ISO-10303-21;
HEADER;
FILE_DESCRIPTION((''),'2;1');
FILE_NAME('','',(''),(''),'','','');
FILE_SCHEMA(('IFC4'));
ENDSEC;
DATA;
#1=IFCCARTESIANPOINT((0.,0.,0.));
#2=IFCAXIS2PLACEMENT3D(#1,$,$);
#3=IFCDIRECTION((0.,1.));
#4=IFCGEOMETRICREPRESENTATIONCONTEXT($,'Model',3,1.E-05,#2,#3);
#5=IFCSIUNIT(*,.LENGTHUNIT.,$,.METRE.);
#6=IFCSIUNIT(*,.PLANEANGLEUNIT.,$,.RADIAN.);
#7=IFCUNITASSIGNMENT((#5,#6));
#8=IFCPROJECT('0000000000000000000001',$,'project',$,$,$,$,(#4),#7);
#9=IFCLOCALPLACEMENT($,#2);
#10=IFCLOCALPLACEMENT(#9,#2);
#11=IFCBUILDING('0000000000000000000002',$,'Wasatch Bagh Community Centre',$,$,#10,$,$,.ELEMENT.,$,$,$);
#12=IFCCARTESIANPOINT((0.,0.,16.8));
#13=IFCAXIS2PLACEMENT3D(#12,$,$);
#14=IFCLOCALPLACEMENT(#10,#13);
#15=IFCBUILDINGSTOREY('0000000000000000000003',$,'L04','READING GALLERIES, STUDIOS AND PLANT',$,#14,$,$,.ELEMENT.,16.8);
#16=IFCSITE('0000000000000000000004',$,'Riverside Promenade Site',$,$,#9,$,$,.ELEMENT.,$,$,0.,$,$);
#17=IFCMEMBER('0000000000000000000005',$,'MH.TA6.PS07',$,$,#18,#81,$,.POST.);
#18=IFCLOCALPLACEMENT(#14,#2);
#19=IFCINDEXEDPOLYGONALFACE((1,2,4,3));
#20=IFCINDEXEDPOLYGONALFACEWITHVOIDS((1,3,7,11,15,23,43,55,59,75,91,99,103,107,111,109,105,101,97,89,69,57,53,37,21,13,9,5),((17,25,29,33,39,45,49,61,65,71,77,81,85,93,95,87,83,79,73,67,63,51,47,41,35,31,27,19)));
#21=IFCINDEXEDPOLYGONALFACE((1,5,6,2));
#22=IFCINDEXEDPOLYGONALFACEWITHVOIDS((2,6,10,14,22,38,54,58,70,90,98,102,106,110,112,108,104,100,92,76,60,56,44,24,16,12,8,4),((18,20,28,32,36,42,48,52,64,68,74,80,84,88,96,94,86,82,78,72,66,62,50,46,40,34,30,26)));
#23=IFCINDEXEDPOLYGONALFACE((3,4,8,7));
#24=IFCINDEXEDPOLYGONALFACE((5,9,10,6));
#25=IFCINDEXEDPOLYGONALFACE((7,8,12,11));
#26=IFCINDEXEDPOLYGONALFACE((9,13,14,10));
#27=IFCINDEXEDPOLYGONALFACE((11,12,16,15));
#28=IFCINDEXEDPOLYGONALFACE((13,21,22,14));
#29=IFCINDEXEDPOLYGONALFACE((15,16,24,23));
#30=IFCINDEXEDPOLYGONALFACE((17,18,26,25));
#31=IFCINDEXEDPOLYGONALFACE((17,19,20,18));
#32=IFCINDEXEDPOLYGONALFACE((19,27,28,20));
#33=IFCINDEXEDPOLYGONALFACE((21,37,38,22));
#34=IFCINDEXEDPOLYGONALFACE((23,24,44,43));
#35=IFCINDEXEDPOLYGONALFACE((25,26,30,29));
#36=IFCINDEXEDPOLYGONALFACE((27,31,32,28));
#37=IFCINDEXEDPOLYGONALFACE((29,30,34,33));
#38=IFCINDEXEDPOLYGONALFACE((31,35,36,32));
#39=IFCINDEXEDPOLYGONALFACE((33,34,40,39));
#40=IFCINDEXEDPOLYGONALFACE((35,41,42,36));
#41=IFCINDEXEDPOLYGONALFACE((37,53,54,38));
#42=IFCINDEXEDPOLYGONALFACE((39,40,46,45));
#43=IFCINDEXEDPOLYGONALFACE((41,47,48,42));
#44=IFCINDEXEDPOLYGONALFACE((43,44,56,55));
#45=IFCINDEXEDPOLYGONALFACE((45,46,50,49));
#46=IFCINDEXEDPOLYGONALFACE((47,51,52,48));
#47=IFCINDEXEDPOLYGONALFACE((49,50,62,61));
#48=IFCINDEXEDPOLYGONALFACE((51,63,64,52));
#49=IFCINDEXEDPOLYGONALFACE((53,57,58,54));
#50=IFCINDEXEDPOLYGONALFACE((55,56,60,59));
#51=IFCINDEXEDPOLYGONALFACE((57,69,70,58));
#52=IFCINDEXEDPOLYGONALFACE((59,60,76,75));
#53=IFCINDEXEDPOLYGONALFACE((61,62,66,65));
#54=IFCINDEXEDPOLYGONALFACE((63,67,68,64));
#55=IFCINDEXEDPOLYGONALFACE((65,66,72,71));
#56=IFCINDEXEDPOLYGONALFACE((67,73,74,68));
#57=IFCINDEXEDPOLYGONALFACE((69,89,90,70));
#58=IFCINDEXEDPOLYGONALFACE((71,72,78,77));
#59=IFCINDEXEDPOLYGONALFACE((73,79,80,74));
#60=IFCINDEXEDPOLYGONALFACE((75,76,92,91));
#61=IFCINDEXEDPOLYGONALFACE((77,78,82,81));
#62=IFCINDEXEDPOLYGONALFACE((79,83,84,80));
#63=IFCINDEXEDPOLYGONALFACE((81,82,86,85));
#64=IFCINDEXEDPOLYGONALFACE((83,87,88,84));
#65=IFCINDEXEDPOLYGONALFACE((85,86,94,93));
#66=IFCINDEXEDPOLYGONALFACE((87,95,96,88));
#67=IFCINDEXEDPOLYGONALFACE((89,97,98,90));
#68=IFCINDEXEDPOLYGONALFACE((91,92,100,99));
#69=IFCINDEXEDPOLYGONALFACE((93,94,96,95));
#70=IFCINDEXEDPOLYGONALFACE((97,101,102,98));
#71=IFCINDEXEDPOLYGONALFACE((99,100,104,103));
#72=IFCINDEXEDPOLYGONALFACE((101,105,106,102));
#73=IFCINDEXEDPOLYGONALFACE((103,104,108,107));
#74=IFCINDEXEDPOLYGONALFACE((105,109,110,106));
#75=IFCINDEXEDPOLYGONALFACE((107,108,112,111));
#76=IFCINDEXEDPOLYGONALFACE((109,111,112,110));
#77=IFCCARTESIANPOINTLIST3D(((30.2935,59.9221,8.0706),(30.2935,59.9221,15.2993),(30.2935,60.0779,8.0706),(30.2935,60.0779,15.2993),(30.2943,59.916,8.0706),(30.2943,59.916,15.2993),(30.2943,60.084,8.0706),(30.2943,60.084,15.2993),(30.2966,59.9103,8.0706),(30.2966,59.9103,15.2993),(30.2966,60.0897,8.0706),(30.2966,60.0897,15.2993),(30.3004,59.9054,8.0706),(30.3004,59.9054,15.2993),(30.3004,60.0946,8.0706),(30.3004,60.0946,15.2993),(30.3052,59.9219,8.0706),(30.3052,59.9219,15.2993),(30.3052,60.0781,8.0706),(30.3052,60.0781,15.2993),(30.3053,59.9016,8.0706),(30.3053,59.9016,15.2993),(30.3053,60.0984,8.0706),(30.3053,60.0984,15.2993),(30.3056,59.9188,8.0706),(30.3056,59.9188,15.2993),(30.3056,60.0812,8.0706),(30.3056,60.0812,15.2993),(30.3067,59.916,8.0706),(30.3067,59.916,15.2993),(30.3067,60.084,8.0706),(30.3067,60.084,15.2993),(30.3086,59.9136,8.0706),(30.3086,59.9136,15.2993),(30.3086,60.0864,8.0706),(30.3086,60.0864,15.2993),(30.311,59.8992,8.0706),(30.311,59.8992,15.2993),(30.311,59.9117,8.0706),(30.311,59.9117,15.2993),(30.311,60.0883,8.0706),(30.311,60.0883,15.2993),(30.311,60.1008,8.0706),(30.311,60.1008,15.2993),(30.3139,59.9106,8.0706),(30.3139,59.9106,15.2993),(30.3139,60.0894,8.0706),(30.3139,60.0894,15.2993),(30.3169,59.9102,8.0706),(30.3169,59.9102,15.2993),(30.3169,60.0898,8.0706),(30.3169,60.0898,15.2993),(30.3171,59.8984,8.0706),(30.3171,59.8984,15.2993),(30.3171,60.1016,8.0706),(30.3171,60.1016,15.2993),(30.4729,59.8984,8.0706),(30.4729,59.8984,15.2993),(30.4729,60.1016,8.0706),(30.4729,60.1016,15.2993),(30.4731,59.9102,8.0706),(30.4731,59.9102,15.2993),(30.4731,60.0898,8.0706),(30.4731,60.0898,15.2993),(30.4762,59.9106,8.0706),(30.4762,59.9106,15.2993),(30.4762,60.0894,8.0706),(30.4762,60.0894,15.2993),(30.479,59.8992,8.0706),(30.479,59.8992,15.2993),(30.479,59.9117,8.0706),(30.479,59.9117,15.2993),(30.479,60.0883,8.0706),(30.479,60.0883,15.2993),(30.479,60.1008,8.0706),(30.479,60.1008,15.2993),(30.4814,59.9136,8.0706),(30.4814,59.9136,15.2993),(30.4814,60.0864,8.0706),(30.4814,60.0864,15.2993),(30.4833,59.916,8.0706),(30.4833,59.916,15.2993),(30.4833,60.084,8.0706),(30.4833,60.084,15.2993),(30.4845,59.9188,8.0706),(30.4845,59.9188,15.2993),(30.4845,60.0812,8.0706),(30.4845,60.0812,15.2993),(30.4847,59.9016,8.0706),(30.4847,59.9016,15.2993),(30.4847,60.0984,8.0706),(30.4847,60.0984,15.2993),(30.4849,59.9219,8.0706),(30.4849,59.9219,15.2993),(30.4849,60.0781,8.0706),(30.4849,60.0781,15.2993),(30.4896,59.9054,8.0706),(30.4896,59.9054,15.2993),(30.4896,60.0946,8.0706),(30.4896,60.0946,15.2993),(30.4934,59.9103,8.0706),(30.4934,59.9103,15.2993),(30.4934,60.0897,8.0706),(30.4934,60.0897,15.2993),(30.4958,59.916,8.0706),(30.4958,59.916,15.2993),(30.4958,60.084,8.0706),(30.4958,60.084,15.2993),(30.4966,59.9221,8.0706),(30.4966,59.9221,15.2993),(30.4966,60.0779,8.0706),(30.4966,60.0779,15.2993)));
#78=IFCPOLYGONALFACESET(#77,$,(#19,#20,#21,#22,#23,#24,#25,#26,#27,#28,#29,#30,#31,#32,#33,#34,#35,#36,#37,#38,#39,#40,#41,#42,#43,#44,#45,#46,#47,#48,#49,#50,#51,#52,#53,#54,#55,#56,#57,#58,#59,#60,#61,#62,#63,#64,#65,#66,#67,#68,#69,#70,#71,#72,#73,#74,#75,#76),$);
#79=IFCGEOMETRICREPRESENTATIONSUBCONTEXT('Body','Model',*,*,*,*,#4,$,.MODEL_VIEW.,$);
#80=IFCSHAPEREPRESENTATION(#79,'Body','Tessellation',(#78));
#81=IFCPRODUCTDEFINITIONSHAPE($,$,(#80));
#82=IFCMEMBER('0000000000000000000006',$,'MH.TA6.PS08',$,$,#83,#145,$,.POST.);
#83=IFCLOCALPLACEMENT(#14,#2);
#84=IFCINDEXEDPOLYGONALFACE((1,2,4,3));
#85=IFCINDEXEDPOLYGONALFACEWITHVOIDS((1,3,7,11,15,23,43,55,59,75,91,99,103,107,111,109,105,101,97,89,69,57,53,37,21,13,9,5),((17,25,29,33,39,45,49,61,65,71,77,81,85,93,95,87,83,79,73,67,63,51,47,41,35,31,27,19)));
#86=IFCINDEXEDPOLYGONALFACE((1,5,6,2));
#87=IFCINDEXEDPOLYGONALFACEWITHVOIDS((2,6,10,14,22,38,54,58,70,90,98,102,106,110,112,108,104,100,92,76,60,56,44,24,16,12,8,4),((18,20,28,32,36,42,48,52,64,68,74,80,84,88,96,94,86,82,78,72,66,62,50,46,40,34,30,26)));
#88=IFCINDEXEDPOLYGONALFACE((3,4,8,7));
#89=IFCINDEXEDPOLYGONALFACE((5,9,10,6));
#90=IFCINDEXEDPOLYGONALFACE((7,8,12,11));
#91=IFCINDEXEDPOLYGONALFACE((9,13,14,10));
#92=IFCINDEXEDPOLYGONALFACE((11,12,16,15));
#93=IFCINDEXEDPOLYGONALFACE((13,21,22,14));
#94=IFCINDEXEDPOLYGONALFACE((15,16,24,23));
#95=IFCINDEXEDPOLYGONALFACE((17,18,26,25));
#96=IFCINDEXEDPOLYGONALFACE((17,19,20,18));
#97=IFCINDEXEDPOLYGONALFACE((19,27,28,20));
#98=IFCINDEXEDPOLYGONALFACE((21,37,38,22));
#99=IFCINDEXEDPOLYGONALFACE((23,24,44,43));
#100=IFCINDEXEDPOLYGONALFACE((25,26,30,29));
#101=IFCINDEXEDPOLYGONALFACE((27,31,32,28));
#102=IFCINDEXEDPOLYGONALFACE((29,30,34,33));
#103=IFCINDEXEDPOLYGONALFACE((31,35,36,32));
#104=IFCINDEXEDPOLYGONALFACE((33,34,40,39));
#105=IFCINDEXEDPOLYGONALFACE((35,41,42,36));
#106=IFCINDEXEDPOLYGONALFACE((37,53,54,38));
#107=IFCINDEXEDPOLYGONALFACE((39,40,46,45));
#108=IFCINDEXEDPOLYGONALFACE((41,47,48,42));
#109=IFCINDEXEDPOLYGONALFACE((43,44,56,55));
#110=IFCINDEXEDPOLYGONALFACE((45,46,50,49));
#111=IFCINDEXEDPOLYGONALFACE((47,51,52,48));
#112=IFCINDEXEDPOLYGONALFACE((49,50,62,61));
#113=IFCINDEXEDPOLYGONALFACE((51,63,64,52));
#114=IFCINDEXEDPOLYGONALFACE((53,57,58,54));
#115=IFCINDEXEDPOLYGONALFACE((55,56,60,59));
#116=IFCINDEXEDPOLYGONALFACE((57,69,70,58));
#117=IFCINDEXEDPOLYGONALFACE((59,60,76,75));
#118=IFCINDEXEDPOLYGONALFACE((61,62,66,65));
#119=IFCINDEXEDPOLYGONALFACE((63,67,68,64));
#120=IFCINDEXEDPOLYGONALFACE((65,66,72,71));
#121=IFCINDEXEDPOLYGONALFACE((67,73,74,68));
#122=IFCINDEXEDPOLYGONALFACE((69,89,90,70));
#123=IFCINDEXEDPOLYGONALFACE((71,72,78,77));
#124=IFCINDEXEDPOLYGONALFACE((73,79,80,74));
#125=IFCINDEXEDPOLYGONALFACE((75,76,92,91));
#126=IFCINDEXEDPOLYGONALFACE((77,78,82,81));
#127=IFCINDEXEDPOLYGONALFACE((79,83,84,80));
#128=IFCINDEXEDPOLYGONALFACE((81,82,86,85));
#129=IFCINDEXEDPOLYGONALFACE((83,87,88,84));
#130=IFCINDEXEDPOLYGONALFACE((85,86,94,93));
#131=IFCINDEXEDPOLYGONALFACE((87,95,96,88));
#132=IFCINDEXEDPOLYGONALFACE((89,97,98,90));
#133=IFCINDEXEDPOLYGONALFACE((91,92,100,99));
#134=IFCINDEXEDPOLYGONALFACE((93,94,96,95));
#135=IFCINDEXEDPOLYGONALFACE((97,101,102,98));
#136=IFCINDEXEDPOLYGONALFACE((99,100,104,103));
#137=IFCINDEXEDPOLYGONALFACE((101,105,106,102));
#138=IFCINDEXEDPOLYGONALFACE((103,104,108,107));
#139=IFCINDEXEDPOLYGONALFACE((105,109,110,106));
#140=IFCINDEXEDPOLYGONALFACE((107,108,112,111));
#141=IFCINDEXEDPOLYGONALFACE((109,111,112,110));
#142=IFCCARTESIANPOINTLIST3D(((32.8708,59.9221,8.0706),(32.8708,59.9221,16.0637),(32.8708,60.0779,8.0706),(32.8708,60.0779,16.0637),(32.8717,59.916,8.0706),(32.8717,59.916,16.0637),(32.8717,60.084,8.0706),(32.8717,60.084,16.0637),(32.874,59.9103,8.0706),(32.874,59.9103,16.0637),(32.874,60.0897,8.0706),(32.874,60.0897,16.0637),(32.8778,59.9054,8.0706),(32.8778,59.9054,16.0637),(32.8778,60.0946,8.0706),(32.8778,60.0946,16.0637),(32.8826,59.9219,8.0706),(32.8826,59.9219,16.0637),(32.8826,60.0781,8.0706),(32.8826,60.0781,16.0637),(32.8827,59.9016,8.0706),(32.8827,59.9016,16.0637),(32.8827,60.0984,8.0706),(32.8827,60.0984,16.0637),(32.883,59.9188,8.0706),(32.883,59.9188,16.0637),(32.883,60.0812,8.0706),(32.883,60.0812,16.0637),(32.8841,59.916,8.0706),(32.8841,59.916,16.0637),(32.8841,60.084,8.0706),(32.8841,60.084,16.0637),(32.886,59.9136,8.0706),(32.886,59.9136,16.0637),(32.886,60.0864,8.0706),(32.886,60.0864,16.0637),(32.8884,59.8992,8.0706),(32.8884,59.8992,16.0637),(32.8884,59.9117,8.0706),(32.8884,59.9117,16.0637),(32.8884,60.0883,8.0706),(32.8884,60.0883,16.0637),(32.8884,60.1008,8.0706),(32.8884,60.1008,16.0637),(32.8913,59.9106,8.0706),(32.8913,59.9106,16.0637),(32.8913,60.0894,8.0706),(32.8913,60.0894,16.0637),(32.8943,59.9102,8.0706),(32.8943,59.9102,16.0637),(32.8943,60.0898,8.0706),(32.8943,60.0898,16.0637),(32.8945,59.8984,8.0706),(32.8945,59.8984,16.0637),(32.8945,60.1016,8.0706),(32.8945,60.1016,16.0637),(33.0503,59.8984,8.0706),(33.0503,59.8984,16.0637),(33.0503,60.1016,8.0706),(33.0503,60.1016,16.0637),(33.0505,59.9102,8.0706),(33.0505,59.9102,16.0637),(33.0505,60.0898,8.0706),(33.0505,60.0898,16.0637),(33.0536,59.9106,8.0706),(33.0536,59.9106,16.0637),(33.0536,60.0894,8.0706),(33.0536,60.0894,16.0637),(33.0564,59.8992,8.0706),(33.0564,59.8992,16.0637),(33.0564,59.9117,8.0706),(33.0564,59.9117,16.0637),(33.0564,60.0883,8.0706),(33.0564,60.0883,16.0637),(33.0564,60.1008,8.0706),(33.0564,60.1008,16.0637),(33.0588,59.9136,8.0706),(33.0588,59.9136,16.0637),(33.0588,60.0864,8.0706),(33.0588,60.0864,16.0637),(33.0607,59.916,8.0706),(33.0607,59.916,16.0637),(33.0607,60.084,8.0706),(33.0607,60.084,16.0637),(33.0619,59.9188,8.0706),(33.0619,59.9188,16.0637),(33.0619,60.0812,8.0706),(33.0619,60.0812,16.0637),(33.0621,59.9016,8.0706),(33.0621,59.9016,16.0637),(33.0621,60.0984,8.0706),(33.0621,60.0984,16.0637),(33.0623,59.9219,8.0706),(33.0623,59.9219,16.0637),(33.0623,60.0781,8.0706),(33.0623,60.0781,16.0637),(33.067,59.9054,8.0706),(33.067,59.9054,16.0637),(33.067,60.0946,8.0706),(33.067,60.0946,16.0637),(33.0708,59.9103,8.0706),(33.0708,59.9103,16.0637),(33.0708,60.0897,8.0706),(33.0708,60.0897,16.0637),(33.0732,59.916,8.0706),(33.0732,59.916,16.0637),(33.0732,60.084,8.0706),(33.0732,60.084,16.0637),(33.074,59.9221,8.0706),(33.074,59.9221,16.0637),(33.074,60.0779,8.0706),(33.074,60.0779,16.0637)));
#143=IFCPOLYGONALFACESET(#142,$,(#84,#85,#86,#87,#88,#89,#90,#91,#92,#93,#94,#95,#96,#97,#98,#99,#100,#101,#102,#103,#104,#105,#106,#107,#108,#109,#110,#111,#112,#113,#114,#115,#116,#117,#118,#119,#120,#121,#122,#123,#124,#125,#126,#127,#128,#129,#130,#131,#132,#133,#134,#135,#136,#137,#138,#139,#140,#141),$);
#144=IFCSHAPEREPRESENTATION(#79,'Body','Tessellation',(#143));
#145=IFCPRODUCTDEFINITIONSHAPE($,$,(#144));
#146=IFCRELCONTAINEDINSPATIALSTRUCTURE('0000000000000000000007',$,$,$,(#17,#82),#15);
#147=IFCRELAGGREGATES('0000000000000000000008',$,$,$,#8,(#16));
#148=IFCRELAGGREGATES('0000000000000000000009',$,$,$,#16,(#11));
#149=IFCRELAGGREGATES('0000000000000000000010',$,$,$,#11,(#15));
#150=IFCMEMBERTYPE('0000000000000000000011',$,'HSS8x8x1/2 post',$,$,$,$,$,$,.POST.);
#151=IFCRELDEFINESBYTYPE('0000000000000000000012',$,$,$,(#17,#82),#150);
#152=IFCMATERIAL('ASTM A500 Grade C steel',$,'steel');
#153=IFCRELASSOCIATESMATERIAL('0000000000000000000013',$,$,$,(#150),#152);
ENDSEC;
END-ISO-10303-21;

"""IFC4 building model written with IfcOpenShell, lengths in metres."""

from ifc_helpers import new_model, si_unit, direction, frame, origin, origin_2d, place, context, subcontext, project, spatial, hollow_rectangle, extrude, material, material_profile, profile_set, type_object, element, save


model = new_model("IFC4")

# Units and contexts
model_context = context("Model", 3, precision=1e-05, world=origin(), true_north=direction((0.0, 1.0)))
body_context = subcontext(model_context, "Body", "Model", "MODEL_VIEW")
ifc_project = project(units=[si_unit("LENGTHUNIT", "METRE"), si_unit("PLANEANGLEUNIT", "RADIAN")], contexts=[model_context])

# Site, building, storey
site_placement = place(None, origin())
site = spatial("IfcSite", under=ifc_project, at=site_placement, Name="Riverside Promenade Site", CompositionType="ELEMENT", RefElevation=0.0)
building_placement = place(site_placement, origin())
building = spatial("IfcBuilding", under=site, at=building_placement, Name="Wasatch Bagh Community Centre", CompositionType="ELEMENT")
storey_placement = place(building_placement, frame((0.0, 0.0, 16.8)))
storey = spatial("IfcBuildingStorey", under=building, at=storey_placement, Name="L04", Description="READING GALLERIES, STUDIOS AND PLANT", CompositionType="ELEMENT", Elevation=16.8)

# Members
ifc_material_1 = material(Name="ASTM A500 Grade C steel", Category="steel")
ifc_material_profile_1 = material_profile(ifc_material_1, hollow_rectangle(XDim=0.2031, YDim=0.2031, WallThickness=0.0117, InnerFilletRadius=0.0117, OuterFilletRadius=0.0237, at=origin_2d()), Name="HSS8x8x1/2")
ifc_profile_set_1 = profile_set([ifc_material_profile_1], Name="ASTM A500 Grade C steel")
member_type_1 = type_object("IfcMemberType", Name="HSS8x8x1/2 post", PredefinedType="POST", material=ifc_profile_set_1)
member_1_placement = place(storey_placement, frame((30.395, 60.0, 8.0706), z_axis=(0.0, 0.0, 1.0), x_axis=(1.0, 0.0, 0.0)))
element("IfcMember", 1, at=member_1_placement, inside=storey, type_object=member_type_1, Name="MH.TA6.PS07", PredefinedType="POST", context=body_context, shape_type="SweptSolid", body=[
    extrude(hollow_rectangle(XDim=0.2031, YDim=0.2031, WallThickness=0.0117, InnerFilletRadius=0.0117, OuterFilletRadius=0.0237, at=origin_2d()), origin(), (0.0, 0.0, 1.0), 7.2288),
])
member_2_placement = place(storey_placement, frame((32.9724, 60.0, 8.0706), z_axis=(0.0, 0.0, 1.0), x_axis=(1.0, 0.0, 0.0)))
element("IfcMember", 2, at=member_2_placement, inside=storey, type_object=member_type_1, Name="MH.TA6.PS08", PredefinedType="POST", context=body_context, shape_type="SweptSolid", body=[
    extrude(hollow_rectangle(XDim=0.2031, YDim=0.2031, WallThickness=0.0117, InnerFilletRadius=0.0117, OuterFilletRadius=0.0237, at=origin_2d()), origin(), (0.0, 0.0, 1.0), 7.9932),
])

save(model, "model.ifc")
